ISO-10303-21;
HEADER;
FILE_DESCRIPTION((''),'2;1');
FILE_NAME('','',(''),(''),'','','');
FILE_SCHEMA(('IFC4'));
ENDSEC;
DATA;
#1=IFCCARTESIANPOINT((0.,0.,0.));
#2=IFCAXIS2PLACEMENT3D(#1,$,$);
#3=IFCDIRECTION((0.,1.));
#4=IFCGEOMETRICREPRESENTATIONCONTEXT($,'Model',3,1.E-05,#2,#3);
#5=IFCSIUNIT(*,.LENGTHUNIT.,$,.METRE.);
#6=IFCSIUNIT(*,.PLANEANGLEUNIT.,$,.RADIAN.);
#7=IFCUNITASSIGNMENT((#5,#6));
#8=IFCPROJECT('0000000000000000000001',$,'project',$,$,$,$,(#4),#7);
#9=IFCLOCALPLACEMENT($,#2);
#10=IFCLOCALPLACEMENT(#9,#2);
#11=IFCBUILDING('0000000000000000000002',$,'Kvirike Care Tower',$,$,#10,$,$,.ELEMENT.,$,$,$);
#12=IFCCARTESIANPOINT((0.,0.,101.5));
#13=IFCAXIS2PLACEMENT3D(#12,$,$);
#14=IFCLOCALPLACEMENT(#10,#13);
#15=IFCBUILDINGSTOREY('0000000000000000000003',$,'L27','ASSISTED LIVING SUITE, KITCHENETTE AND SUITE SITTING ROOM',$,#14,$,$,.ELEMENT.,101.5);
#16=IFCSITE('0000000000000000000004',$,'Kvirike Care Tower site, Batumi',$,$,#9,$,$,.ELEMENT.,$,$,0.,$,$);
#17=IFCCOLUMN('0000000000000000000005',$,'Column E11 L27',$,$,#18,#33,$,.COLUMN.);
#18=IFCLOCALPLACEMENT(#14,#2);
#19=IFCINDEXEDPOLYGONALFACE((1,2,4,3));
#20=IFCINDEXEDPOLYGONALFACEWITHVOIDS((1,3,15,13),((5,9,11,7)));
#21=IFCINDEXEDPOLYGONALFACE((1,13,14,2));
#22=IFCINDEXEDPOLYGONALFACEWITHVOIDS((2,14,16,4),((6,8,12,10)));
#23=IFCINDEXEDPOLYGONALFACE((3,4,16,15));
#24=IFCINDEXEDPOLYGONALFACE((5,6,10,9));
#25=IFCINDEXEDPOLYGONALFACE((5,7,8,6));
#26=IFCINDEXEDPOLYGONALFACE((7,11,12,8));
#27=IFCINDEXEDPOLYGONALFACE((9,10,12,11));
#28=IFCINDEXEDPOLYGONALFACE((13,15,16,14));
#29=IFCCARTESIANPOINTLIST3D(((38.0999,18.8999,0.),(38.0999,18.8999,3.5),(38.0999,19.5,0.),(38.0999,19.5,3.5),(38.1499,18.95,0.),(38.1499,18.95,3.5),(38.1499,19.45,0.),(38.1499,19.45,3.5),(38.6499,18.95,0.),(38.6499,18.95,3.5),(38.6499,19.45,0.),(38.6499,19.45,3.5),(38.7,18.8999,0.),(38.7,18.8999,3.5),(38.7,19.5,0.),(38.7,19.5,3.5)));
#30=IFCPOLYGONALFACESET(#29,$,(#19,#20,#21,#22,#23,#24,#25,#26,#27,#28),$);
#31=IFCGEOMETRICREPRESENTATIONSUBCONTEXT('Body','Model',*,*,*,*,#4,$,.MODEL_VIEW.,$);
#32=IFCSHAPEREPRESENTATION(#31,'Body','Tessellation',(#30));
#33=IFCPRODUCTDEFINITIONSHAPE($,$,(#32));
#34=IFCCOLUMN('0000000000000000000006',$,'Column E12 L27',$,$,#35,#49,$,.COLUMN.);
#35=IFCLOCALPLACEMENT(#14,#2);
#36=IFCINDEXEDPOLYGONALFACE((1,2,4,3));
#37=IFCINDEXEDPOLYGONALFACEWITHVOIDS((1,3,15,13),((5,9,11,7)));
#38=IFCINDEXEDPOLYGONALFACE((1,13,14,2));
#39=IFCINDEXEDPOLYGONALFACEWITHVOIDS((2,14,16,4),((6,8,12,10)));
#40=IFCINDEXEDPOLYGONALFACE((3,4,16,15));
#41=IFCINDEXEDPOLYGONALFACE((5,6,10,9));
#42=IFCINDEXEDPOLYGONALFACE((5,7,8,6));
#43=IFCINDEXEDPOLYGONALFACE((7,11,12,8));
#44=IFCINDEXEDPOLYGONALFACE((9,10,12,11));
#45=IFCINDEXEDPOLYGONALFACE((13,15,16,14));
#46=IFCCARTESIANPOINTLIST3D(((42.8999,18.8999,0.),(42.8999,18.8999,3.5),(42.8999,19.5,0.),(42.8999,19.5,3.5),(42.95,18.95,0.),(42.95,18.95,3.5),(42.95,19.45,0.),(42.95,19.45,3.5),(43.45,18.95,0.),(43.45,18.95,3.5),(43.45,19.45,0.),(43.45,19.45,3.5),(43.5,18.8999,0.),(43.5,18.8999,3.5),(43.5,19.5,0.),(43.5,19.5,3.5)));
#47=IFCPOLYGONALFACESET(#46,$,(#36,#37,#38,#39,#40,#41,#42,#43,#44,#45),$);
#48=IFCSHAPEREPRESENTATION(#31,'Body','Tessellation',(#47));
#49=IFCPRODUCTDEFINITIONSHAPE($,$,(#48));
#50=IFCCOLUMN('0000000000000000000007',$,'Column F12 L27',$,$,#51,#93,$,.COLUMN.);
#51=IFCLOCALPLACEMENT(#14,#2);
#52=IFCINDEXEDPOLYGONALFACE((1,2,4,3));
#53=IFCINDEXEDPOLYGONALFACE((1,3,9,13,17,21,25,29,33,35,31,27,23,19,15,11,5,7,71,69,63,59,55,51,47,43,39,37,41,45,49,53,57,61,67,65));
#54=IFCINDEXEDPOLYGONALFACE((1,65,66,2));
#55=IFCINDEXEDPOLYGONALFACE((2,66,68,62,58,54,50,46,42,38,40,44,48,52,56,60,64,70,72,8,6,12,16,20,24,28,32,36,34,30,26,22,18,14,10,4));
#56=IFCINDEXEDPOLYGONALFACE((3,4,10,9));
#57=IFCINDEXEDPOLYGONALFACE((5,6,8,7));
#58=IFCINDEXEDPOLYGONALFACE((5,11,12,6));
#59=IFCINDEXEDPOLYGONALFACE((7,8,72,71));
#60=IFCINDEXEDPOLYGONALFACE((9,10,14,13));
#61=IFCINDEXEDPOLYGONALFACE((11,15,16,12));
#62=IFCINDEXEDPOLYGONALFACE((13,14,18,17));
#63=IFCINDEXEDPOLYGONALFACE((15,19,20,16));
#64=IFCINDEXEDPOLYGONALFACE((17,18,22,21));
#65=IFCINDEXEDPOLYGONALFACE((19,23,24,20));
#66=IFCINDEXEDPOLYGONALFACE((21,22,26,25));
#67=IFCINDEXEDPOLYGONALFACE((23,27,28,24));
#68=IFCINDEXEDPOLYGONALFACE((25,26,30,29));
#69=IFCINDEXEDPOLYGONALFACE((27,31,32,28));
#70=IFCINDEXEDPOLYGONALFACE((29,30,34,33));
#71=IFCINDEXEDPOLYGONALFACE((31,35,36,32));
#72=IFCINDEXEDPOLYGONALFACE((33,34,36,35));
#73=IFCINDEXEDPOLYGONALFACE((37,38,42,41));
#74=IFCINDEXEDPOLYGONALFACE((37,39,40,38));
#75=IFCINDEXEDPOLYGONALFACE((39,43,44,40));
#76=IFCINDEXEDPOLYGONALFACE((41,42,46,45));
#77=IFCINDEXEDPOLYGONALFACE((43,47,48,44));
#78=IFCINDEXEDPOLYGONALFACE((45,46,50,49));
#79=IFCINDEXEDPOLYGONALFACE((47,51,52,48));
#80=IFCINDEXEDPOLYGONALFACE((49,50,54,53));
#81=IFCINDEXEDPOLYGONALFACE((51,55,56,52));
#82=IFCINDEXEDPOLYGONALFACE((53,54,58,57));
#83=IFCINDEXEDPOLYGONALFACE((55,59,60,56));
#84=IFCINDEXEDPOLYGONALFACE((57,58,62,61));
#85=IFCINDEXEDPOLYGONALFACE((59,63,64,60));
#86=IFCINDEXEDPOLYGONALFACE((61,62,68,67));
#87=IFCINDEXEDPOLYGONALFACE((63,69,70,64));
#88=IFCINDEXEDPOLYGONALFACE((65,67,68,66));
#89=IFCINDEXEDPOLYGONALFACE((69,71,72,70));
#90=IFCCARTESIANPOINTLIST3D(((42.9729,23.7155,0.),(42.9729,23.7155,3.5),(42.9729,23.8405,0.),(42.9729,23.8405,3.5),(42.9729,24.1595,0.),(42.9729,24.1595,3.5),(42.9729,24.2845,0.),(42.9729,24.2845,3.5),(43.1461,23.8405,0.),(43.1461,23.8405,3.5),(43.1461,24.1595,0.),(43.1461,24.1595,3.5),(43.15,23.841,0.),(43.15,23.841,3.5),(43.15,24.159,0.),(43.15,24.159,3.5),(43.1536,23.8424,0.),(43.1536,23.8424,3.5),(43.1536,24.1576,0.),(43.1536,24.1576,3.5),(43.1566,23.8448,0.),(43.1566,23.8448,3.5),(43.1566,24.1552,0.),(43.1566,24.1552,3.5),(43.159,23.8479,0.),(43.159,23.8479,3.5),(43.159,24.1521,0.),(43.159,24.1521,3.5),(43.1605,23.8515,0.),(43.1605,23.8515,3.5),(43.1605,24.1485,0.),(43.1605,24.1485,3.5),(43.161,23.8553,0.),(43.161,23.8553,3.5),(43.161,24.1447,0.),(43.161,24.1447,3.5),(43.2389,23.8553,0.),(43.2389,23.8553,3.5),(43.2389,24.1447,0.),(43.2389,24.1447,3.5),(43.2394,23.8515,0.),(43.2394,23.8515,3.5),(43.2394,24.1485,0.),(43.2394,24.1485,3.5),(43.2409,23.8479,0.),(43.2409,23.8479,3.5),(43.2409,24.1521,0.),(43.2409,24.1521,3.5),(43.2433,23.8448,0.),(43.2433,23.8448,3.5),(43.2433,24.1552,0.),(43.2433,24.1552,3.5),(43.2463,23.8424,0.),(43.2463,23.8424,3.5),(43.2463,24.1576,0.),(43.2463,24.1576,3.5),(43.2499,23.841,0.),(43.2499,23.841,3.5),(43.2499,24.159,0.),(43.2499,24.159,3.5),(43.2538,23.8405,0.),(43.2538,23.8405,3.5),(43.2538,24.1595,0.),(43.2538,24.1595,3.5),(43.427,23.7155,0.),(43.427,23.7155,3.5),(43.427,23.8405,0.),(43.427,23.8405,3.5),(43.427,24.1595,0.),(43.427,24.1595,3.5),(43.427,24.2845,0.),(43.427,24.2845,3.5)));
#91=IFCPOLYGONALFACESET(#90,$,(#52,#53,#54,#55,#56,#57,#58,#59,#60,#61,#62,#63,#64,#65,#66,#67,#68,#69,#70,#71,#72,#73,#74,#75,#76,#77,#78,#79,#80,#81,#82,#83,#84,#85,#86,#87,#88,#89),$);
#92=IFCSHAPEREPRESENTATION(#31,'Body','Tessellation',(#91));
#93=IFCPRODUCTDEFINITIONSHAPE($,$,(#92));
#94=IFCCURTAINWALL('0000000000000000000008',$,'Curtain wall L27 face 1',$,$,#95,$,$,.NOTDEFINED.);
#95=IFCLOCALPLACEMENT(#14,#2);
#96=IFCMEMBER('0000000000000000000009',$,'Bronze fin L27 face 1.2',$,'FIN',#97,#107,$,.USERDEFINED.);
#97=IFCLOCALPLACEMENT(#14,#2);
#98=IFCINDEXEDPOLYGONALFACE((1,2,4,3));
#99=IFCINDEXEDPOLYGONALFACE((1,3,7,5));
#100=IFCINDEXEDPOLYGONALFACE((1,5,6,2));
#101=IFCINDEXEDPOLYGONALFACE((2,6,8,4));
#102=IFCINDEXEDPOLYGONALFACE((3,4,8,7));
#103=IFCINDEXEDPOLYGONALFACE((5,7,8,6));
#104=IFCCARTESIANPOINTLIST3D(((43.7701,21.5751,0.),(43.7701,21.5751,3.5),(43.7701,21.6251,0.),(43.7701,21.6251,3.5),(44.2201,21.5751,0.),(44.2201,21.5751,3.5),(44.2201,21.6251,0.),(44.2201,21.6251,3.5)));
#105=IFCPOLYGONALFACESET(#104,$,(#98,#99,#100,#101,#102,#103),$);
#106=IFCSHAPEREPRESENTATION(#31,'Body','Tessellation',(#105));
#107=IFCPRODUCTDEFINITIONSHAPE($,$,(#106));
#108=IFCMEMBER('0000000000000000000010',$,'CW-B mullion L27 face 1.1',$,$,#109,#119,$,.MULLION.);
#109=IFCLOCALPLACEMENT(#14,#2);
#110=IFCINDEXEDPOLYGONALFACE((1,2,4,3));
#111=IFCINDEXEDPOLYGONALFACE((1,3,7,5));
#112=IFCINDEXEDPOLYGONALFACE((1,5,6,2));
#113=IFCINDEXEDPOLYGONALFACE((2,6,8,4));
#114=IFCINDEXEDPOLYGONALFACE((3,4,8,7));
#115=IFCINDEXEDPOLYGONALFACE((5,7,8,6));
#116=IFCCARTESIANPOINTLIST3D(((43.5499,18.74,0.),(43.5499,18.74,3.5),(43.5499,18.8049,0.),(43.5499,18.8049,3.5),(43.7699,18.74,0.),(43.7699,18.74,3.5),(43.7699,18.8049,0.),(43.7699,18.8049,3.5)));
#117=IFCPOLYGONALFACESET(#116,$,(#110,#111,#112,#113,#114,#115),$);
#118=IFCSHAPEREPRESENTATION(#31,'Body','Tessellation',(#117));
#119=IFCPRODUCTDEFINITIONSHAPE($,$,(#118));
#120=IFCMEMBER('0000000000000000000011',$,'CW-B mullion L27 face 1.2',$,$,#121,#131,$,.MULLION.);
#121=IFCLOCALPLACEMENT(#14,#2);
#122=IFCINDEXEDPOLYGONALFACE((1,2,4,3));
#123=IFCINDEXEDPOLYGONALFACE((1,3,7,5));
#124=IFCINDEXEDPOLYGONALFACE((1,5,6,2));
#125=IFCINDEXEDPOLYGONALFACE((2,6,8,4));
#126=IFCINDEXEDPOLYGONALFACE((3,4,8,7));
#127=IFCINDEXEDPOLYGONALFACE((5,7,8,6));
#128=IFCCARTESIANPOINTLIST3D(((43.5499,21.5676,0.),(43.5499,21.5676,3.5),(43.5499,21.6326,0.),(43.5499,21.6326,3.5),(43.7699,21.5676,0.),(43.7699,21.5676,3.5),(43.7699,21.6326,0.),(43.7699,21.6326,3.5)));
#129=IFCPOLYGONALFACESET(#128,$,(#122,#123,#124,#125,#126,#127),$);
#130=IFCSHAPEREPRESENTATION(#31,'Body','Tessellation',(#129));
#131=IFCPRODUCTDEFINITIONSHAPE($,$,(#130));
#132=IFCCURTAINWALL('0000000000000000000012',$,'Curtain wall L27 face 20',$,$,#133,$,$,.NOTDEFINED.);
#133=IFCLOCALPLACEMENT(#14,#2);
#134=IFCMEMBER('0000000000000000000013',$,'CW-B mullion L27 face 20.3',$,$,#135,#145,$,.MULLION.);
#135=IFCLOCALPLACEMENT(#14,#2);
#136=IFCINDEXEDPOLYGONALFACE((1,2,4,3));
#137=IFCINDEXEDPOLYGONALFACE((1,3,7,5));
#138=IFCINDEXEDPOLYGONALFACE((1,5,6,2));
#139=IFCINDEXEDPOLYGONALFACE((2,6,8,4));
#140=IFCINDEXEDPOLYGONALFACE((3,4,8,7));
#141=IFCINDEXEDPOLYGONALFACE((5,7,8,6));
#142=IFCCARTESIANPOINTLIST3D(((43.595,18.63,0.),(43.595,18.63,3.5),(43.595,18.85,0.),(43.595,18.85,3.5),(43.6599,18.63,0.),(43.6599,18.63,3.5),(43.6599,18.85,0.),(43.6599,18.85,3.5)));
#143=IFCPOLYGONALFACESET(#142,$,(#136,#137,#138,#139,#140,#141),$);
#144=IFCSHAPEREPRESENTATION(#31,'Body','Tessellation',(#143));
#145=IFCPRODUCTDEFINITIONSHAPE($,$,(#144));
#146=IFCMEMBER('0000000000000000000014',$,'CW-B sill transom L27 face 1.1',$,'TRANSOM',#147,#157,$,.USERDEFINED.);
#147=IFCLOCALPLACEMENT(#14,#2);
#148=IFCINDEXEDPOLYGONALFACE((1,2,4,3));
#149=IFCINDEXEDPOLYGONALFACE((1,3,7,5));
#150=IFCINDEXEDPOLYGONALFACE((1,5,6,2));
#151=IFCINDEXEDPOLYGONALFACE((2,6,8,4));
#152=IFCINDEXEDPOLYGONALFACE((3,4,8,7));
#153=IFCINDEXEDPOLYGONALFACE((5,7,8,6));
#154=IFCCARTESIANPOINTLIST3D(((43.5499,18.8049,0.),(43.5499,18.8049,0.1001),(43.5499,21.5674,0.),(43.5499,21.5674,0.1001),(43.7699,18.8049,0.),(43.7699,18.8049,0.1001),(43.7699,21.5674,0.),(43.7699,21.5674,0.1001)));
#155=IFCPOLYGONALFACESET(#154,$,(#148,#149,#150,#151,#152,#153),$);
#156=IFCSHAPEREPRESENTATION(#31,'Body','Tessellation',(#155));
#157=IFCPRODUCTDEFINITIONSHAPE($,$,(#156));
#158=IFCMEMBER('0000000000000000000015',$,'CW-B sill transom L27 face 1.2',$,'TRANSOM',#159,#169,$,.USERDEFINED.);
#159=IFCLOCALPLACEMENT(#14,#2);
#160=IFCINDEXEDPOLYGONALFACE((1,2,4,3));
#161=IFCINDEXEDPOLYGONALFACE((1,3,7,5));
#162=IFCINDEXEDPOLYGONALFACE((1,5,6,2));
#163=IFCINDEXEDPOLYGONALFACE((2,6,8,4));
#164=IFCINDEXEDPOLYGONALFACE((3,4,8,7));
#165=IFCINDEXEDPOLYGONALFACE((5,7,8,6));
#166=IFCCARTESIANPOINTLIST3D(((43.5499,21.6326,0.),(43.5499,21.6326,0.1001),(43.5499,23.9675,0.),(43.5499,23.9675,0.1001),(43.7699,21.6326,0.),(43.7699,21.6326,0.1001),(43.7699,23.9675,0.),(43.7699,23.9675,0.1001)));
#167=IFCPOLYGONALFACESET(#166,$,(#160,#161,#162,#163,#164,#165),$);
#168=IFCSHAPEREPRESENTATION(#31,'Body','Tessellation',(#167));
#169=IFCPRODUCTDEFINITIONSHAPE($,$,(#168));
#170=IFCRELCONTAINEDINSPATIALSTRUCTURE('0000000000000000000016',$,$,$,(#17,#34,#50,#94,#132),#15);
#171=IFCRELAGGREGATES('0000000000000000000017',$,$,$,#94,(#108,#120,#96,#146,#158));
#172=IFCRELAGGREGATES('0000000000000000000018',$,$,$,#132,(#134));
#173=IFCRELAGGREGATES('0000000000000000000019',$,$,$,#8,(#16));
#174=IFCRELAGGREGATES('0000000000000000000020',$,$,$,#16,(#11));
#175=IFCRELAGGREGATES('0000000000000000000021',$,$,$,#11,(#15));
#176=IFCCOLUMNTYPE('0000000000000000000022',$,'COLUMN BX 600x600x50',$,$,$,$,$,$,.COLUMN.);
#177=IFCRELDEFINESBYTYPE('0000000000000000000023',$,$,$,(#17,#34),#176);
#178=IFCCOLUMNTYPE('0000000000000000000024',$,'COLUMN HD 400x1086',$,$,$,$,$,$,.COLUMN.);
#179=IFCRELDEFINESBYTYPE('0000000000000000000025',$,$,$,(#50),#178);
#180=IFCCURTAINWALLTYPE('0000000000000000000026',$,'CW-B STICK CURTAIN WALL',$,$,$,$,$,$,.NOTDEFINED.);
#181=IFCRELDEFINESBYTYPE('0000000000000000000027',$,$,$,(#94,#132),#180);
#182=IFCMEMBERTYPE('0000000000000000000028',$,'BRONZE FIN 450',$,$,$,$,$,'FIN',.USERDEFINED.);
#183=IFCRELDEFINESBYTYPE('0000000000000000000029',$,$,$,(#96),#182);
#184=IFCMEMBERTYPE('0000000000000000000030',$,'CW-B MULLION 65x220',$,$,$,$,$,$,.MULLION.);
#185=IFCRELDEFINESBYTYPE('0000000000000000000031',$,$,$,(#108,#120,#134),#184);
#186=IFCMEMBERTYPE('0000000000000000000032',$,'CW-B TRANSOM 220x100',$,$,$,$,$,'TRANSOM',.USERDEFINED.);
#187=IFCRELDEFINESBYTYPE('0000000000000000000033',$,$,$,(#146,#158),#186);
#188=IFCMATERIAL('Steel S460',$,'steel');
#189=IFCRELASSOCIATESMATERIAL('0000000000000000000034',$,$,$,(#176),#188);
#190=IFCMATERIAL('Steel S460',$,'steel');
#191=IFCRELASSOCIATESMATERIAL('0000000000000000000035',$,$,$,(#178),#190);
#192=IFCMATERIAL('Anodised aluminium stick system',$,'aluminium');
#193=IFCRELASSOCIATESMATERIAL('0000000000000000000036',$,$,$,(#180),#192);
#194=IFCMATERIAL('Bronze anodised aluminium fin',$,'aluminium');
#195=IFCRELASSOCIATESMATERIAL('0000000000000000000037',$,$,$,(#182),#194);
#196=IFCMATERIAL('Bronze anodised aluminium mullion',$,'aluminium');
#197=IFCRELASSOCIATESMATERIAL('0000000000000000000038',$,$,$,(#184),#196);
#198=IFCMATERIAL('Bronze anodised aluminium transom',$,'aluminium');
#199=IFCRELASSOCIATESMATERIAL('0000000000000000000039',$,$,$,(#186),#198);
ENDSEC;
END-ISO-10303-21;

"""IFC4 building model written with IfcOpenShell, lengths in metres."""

from ifc_helpers import new_model, si_unit, direction, frame, origin, origin_2d, place, context, subcontext, project, spatial, rectangle, hollow_rectangle, i_section, extrude, material, material_profile, profile_set, type_object, element, aggregate, save


model = new_model("IFC4")

# Units and contexts
model_context = context("Model", 3, precision=1e-05, world=origin(), true_north=direction((0.0, 1.0)))
body_context = subcontext(model_context, "Body", "Model", "MODEL_VIEW")
ifc_project = project(units=[si_unit("LENGTHUNIT", "METRE"), si_unit("PLANEANGLEUNIT", "RADIAN")], contexts=[model_context])

# Site, building, storey
site_placement = place(None, origin())
site = spatial("IfcSite", under=ifc_project, at=site_placement, Name="Kvirike Care Tower site, Batumi", CompositionType="ELEMENT", RefElevation=0.0)
building_placement = place(site_placement, origin())
building = spatial("IfcBuilding", under=site, at=building_placement, Name="Kvirike Care Tower", CompositionType="ELEMENT")
storey_placement = place(building_placement, frame((0.0, 0.0, 101.5)))
storey = spatial("IfcBuildingStorey", under=building, at=storey_placement, Name="L27", Description="ASSISTED LIVING SUITE, KITCHENETTE AND SUITE SITTING ROOM", CompositionType="ELEMENT", Elevation=101.5)

# Columns
ifc_material_1 = material(Name="Steel S460", Category="steel")
ifc_material_profile_1 = material_profile(ifc_material_1, hollow_rectangle(XDim=0.6001, YDim=0.6001, WallThickness=0.05, at=origin_2d()), Name="BX 600x600x50")
ifc_profile_set_1 = profile_set([ifc_material_profile_1], Name="Steel S460")
column_type_1 = type_object("IfcColumnType", Name="COLUMN BX 600x600x50", PredefinedType="COLUMN", material=ifc_profile_set_1)
for number, where, z_axis, x_axis, name in (
    (1, (38.3999, 19.2, 0.0), (0.0, 0.0, 1.0), (0.0, 1.0, 0.0), "Column E11 L27"),
    (2, (43.2, 19.2, 0.0), (0.0, 0.0, 1.0), (0.0, 1.0, 0.0), "Column E12 L27"),
):
    element("IfcColumn", number, at=place(storey_placement, frame(where, z_axis=z_axis, x_axis=x_axis)), inside=storey, type_object=column_type_1, Name=name, PredefinedType="COLUMN", context=body_context, shape_type="SweptSolid", body=[
        extrude(hollow_rectangle(XDim=0.6001, YDim=0.6001, WallThickness=0.05, at=origin_2d()), origin(), (0.0, 0.0, 1.0), 3.5),
    ])
ifc_material_2 = material(Name="Steel S460", Category="steel")
ifc_material_profile_2 = material_profile(ifc_material_2, i_section(OverallWidth=0.4541, OverallDepth=0.5691, WebThickness=0.0779, FlangeThickness=0.125, FilletRadius=0.0149, at=origin_2d()), Name="HD 400x1086")
ifc_profile_set_2 = profile_set([ifc_material_profile_2], Name="Steel S460")
column_type_2 = type_object("IfcColumnType", Name="COLUMN HD 400x1086", PredefinedType="COLUMN", material=ifc_profile_set_2)
column_placement = place(storey_placement, frame((43.2, 24.0, 0.0), z_axis=(0.0, 0.0, 1.0), x_axis=(1.0, 0.0, 0.0)))
element("IfcColumn", 3, at=column_placement, inside=storey, type_object=column_type_2, Name="Column F12 L27", PredefinedType="COLUMN", context=body_context, shape_type="SweptSolid", body=[
    extrude(i_section(OverallWidth=0.4541, OverallDepth=0.5691, WebThickness=0.0779, FlangeThickness=0.125, FilletRadius=0.0149, at=origin_2d()), origin(), (0.0, 0.0, 1.0), 3.5),
])

# Curtain wall, members
ifc_material_3 = material(Name="Anodised aluminium stick system", Category="aluminium")
curtain_wall_type = type_object("IfcCurtainWallType", Name="CW-B STICK CURTAIN WALL", PredefinedType="NOTDEFINED", material=ifc_material_3)
curtain_wall_1_placement = place(storey_placement, origin())
curtain_wall_1 = element("IfcCurtainWall", 4, at=curtain_wall_1_placement, inside=storey, type_object=curtain_wall_type, Name="Curtain wall L27 face 1", PredefinedType="NOTDEFINED")
ifc_material_4 = material(Name="Bronze anodised aluminium fin", Category="aluminium")
ifc_material_profile_3 = material_profile(ifc_material_4, rectangle(XDim=0.05, YDim=0.45, at=origin_2d()), Name="BRONZE FIN 450")
ifc_profile_set_3 = profile_set([ifc_material_profile_3], Name="Bronze anodised aluminium fin")
member_type_1 = type_object("IfcMemberType", Name="BRONZE FIN 450", ElementType="FIN", PredefinedType="USERDEFINED", material=ifc_profile_set_3)
member_1_placement = place(storey_placement, frame((43.9951, 21.6001, 0.0), z_axis=(0.0, 0.0, 1.0), x_axis=(0.0, 1.0, 0.0)))
member_1 = element("IfcMember", 5, at=member_1_placement, type_object=member_type_1, Name="Bronze fin L27 face 1.2", ObjectType="FIN", PredefinedType="USERDEFINED", context=body_context, shape_type="SweptSolid", body=[
    extrude(rectangle(XDim=0.05, YDim=0.45, at=origin_2d()), origin(), (0.0, 0.0, 1.0), 3.5),
])
ifc_material_5 = material(Name="Bronze anodised aluminium mullion", Category="aluminium")
ifc_material_profile_4 = material_profile(ifc_material_5, rectangle(XDim=0.0649, YDim=0.22, at=origin_2d()), Name="CW-B MULLION 65x220")
ifc_profile_set_4 = profile_set([ifc_material_profile_4], Name="Bronze anodised aluminium mullion")
member_type_2 = type_object("IfcMemberType", Name="CW-B MULLION 65x220", PredefinedType="MULLION", material=ifc_profile_set_4)
member_2_placement = place(storey_placement, frame((43.6599, 18.7725, 0.0), z_axis=(0.0, 0.0, 1.0), x_axis=(0.0, 1.0, 0.0)))
member_2 = element("IfcMember", 6, at=member_2_placement, type_object=member_type_2, Name="CW-B mullion L27 face 1.1", PredefinedType="MULLION", context=body_context, shape_type="SweptSolid", body=[
    extrude(rectangle(XDim=0.0649, YDim=0.22, at=origin_2d()), origin(), (0.0, 0.0, 1.0), 3.5),
])
member_3_placement = place(storey_placement, frame((43.6599, 21.6001, 0.0), z_axis=(0.0, 0.0, 1.0), x_axis=(0.0, 1.0, 0.0)))
member_3 = element("IfcMember", 7, at=member_3_placement, type_object=member_type_2, Name="CW-B mullion L27 face 1.2", PredefinedType="MULLION", context=body_context, shape_type="SweptSolid", body=[
    extrude(rectangle(XDim=0.0649, YDim=0.22, at=origin_2d()), origin(), (0.0, 0.0, 1.0), 3.5),
])

# Curtain wall, member
curtain_wall_2_placement = place(storey_placement, origin())
curtain_wall_2 = element("IfcCurtainWall", 8, at=curtain_wall_2_placement, inside=storey, type_object=curtain_wall_type, Name="Curtain wall L27 face 20", PredefinedType="NOTDEFINED")
member_4_placement = place(storey_placement, frame((43.6274, 18.74, 0.0), z_axis=(0.0, 0.0, 1.0), x_axis=(1.0, 0.0, 0.0)))
member_4 = element("IfcMember", 9, at=member_4_placement, type_object=member_type_2, Name="CW-B mullion L27 face 20.3", PredefinedType="MULLION", context=body_context, shape_type="SweptSolid", body=[
    extrude(rectangle(XDim=0.0649, YDim=0.22, at=origin_2d()), origin(), (0.0, 0.0, 1.0), 3.5),
])

# Members
ifc_material_6 = material(Name="Bronze anodised aluminium transom", Category="aluminium")
ifc_material_profile_5 = material_profile(ifc_material_6, rectangle(XDim=0.22, YDim=0.1001, at=origin_2d()), Name="CW-B TRANSOM 220x100")
ifc_profile_set_5 = profile_set([ifc_material_profile_5], Name="Bronze anodised aluminium transom")
member_type_3 = type_object("IfcMemberType", Name="CW-B TRANSOM 220x100", ElementType="TRANSOM", PredefinedType="USERDEFINED", material=ifc_profile_set_5)
member_5_placement = place(storey_placement, frame((43.6599, 18.8049, 0.05), z_axis=(0.0, 1.0, 0.0), x_axis=(-1.0, 0.0, 0.0)))
member_5 = element("IfcMember", 10, at=member_5_placement, type_object=member_type_3, Name="CW-B sill transom L27 face 1.1", ObjectType="TRANSOM", PredefinedType="USERDEFINED", context=body_context, shape_type="SweptSolid", body=[
    extrude(rectangle(XDim=0.22, YDim=0.1001, at=origin_2d()), origin(), (0.0, 0.0, 1.0), 2.7625),
])
member_6_placement = place(storey_placement, frame((43.6599, 21.6326, 0.05), z_axis=(0.0, 1.0, 0.0), x_axis=(-1.0, 0.0, 0.0)))
member_6 = element("IfcMember", 11, at=member_6_placement, type_object=member_type_3, Name="CW-B sill transom L27 face 1.2", ObjectType="TRANSOM", PredefinedType="USERDEFINED", context=body_context, shape_type="SweptSolid", body=[
    extrude(rectangle(XDim=0.22, YDim=0.1001, at=origin_2d()), origin(), (0.0, 0.0, 1.0), 2.335),
])

aggregate(curtain_wall_1, [member_2, member_3, member_1, member_5, member_6])
aggregate(curtain_wall_2, [member_4])

save(model, "model.ifc")
